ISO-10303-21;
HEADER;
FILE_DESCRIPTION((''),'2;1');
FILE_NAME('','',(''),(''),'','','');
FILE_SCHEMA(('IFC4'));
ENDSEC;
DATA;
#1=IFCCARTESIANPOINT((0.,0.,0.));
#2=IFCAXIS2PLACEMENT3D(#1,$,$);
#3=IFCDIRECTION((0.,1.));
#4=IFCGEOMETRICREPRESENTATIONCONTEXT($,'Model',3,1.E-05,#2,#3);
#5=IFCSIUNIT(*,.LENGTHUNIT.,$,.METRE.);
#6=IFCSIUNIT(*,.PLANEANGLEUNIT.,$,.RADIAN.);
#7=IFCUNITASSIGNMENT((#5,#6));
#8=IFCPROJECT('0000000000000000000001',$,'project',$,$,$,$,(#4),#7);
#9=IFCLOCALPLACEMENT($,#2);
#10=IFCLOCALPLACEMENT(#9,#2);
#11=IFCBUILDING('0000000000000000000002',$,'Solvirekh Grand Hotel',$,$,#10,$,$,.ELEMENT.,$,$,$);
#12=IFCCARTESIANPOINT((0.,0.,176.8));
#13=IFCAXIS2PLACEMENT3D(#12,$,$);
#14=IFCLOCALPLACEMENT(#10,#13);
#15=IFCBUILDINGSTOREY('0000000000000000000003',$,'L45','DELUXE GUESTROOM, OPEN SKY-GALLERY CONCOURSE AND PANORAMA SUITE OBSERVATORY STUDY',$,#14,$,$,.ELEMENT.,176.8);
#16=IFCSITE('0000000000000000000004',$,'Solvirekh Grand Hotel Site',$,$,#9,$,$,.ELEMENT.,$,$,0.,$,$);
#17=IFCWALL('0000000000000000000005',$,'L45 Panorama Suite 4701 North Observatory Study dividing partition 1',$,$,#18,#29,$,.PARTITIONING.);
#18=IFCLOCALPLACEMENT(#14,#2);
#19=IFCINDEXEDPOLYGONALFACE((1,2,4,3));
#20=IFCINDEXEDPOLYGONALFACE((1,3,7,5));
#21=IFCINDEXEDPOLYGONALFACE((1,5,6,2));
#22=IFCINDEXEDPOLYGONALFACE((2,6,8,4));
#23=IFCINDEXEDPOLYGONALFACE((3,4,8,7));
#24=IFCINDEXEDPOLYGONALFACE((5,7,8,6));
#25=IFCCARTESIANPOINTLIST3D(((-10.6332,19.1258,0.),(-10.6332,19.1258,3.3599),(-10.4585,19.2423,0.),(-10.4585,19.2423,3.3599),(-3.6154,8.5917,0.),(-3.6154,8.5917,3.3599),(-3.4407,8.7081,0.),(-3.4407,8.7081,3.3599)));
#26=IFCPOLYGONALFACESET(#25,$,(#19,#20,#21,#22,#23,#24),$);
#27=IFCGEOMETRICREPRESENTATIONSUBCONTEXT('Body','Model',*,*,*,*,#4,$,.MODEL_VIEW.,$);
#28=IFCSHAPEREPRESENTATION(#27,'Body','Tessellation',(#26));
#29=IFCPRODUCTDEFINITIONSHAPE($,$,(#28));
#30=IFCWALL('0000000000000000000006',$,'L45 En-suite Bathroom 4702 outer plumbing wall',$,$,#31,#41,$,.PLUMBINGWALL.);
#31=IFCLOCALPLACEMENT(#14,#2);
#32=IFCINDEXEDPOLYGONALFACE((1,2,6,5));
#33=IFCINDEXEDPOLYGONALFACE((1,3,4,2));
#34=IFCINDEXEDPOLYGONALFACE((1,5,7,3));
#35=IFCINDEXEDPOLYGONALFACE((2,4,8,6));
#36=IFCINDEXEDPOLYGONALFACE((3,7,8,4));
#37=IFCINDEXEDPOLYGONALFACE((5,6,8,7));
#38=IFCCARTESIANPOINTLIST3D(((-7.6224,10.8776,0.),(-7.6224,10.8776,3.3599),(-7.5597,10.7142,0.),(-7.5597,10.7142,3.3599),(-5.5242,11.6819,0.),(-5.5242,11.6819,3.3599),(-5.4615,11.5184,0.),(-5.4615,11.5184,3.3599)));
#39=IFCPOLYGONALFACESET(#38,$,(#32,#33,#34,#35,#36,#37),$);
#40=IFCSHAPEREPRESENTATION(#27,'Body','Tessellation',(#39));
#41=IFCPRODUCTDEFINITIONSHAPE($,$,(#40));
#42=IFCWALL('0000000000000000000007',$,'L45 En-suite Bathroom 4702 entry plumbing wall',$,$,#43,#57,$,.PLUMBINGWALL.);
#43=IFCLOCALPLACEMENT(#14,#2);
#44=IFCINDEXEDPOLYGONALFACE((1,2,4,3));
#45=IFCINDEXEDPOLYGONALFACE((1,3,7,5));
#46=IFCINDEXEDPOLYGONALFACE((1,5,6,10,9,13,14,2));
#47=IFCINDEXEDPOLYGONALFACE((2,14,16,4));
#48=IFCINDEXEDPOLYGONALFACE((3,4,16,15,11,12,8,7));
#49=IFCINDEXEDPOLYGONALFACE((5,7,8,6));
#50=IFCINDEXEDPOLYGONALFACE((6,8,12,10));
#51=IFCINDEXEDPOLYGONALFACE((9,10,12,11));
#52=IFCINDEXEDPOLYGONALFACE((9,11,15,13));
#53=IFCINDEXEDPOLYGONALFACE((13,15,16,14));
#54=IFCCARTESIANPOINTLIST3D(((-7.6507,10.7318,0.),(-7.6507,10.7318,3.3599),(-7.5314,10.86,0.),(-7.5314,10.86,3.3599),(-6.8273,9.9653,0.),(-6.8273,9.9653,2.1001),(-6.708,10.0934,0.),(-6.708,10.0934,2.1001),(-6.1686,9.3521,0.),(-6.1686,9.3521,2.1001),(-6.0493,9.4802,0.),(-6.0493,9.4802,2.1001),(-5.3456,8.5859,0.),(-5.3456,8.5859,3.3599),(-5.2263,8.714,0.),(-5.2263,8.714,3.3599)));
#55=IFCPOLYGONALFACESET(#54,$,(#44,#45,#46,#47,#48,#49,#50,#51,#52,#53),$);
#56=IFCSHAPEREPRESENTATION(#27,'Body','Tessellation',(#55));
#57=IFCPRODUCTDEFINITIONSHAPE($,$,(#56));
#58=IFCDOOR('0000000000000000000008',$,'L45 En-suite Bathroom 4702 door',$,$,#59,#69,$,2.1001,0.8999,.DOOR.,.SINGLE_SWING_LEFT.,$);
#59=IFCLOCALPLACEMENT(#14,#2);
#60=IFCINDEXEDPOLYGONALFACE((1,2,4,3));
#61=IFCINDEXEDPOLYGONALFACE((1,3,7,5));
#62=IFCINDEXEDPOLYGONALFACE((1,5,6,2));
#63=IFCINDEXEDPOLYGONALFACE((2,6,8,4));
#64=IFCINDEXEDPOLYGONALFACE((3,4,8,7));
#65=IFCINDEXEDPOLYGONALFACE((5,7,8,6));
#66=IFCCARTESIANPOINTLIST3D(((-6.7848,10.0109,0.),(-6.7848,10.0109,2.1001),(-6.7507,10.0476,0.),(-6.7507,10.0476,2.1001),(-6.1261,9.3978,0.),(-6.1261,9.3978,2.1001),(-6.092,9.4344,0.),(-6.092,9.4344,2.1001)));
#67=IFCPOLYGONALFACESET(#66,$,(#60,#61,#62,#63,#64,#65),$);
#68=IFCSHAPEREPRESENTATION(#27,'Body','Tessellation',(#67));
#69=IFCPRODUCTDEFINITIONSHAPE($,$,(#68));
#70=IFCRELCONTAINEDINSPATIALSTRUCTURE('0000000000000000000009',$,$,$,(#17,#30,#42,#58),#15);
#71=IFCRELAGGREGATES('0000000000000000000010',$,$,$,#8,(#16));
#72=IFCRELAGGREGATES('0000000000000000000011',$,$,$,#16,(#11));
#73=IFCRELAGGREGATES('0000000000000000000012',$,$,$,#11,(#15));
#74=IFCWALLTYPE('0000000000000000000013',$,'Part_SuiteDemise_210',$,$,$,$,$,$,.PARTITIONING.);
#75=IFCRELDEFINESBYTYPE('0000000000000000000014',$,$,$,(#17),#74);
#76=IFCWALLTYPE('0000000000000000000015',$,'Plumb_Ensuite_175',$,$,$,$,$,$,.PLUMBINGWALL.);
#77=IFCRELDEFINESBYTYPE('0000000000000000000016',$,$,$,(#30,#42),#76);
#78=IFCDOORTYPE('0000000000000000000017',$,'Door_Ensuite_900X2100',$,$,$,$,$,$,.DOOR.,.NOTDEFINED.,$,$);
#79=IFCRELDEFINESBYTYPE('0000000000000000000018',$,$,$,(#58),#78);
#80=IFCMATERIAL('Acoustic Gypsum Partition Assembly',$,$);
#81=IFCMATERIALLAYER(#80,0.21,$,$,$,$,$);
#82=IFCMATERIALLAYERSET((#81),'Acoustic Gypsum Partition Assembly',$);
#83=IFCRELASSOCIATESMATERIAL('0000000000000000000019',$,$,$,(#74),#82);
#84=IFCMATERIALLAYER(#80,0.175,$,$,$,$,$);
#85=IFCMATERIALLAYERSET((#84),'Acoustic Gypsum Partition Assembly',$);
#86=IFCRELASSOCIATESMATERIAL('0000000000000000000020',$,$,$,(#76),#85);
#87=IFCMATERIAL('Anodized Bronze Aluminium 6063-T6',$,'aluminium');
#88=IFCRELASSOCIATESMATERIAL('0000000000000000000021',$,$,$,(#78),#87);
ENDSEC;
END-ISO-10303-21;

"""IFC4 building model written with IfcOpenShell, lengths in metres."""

from ifc_helpers import new_model, si_unit, direction, frame, frame_2d, origin, place, context, subcontext, project, spatial, rectangle, extrude, material, layer, layer_set, type_object, element, fill, save


model = new_model("IFC4")

# Units and contexts
model_context = context("Model", 3, precision=1e-05, world=origin(), true_north=direction((0.0, 1.0)))
body_context = subcontext(model_context, "Body", "Model", "MODEL_VIEW")
ifc_project = project(units=[si_unit("LENGTHUNIT", "METRE"), si_unit("PLANEANGLEUNIT", "RADIAN")], contexts=[model_context])

# Site, building, storey
site_placement = place(None, origin())
site = spatial("IfcSite", under=ifc_project, at=site_placement, Name="Solvirekh Grand Hotel Site", CompositionType="ELEMENT", RefElevation=0.0)
building_placement = place(site_placement, origin())
building = spatial("IfcBuilding", under=site, at=building_placement, Name="Solvirekh Grand Hotel", CompositionType="ELEMENT")
storey_placement = place(building_placement, frame((0.0, 0.0, 176.8)))
storey = spatial("IfcBuildingStorey", under=building, at=storey_placement, Name="L45", Description="DELUXE GUESTROOM, OPEN SKY-GALLERY CONCOURSE AND PANORAMA SUITE OBSERVATORY STUDY", CompositionType="ELEMENT", Elevation=176.8)

# Shared definitions
ifc_material_1 = material(Name="Anodized Bronze Aluminium 6063-T6", Category="aluminium")

# Walls
ifc_material_2 = material(Name="Acoustic Gypsum Partition Assembly")
ifc_layer_1 = layer(ifc_material_2, 0.21)
ifc_layer_set_1 = layer_set([ifc_layer_1], Name="Acoustic Gypsum Partition Assembly")
wall_type_1 = type_object("IfcWallType", Name="Part_SuiteDemise_210", PredefinedType="PARTITIONING", material=ifc_layer_set_1)
wall_1_placement = place(storey_placement, frame((-3.5281, 8.6499, 0.0), z_axis=(0.0, 0.0, 1.0), x_axis=(-0.554429, 0.832231, 0.0)))
element("IfcWall", 1, at=wall_1_placement, inside=storey, type_object=wall_type_1, Name="L45 Panorama Suite 4701 North Observatory Study dividing partition 1", PredefinedType="PARTITIONING", context=body_context, shape_type="SweptSolid", body=[
    extrude(rectangle(XDim=12.6577, YDim=0.21, at=frame_2d((6.3289, 0.0))), origin(), (0.0, 0.0, 1.0), 3.3599),
])
ifc_layer_2 = layer(ifc_material_2, 0.175)
ifc_layer_set_2 = layer_set([ifc_layer_2], Name="Acoustic Gypsum Partition Assembly")
wall_type_2 = type_object("IfcWallType", Name="Plumb_Ensuite_175", PredefinedType="PLUMBINGWALL", material=ifc_layer_set_2)
wall_2_placement = place(storey_placement, frame((-7.5911, 10.7959, 0.0), z_axis=(0.0, 0.0, 1.0), x_axis=(0.933759, 0.357901, 0.0)))
element("IfcWall", 2, at=wall_2_placement, inside=storey, type_object=wall_type_2, Name="L45 En-suite Bathroom 4702 outer plumbing wall", PredefinedType="PLUMBINGWALL", context=body_context, shape_type="SweptSolid", body=[
    extrude(rectangle(XDim=2.2471, YDim=0.175, at=frame_2d((1.1235, 0.0))), origin(), (0.0, 0.0, 1.0), 3.3599),
])

# Wall, opening, door
wall_3_placement = place(storey_placement, frame((-7.5911, 10.7959, 0.0), z_axis=(0.0, 0.0, 1.0), x_axis=(0.731926, -0.681384, 0.0)))
wall_3 = element("IfcWall", 3, at=wall_3_placement, inside=storey, type_object=wall_type_2, Name="L45 En-suite Bathroom 4702 entry plumbing wall", PredefinedType="PLUMBINGWALL", context=body_context, shape_type="SweptSolid", body=[
    extrude(rectangle(XDim=3.1494, YDim=0.175, at=frame_2d((1.5747, 0.0))), origin(), (0.0, 0.0, 1.0), 3.3599),
])
opening_1_placement = place(wall_3_placement, frame((1.125, 0.0, 0.0)))
opening_1 = element("IfcOpeningElement", 4, at=opening_1_placement, cuts=wall_3, PredefinedType="OPENING", context=body_context, shape_type="SweptSolid", body=[
    extrude(rectangle(XDim=0.8999, YDim=2.1001, at=frame_2d((0.45, 1.05))), frame((0.0, 0.0977, 0.0), z_axis=(0.0, -1.0, 0.0), x_axis=(1.0, 0.0, 0.0)), (0.0, 0.0, 1.0), 0.1951),
])
door_type = type_object("IfcDoorType", Name="Door_Ensuite_900X2100", OperationType="NOTDEFINED", PredefinedType="DOOR", material=ifc_material_1)
door_placement = place(opening_1_placement, origin())
door = element("IfcDoor", 5, at=door_placement, inside=storey, type_object=door_type, Name="L45 En-suite Bathroom 4702 door", OperationType="SINGLE_SWING_LEFT", OverallHeight=2.1001, OverallWidth=0.8999, PredefinedType="DOOR", context=body_context, shape_type="SweptSolid", body=[
    extrude(rectangle(XDim=0.8999, YDim=2.1001, at=frame_2d((0.45, 1.05))), frame((0.0, 0.0249, 0.0), z_axis=(0.0, -1.0, 0.0), x_axis=(1.0, 0.0, 0.0)), (0.0, 0.0, 1.0), 0.05),
])
fill(opening_1, door)

save(model, "model.ifc")
